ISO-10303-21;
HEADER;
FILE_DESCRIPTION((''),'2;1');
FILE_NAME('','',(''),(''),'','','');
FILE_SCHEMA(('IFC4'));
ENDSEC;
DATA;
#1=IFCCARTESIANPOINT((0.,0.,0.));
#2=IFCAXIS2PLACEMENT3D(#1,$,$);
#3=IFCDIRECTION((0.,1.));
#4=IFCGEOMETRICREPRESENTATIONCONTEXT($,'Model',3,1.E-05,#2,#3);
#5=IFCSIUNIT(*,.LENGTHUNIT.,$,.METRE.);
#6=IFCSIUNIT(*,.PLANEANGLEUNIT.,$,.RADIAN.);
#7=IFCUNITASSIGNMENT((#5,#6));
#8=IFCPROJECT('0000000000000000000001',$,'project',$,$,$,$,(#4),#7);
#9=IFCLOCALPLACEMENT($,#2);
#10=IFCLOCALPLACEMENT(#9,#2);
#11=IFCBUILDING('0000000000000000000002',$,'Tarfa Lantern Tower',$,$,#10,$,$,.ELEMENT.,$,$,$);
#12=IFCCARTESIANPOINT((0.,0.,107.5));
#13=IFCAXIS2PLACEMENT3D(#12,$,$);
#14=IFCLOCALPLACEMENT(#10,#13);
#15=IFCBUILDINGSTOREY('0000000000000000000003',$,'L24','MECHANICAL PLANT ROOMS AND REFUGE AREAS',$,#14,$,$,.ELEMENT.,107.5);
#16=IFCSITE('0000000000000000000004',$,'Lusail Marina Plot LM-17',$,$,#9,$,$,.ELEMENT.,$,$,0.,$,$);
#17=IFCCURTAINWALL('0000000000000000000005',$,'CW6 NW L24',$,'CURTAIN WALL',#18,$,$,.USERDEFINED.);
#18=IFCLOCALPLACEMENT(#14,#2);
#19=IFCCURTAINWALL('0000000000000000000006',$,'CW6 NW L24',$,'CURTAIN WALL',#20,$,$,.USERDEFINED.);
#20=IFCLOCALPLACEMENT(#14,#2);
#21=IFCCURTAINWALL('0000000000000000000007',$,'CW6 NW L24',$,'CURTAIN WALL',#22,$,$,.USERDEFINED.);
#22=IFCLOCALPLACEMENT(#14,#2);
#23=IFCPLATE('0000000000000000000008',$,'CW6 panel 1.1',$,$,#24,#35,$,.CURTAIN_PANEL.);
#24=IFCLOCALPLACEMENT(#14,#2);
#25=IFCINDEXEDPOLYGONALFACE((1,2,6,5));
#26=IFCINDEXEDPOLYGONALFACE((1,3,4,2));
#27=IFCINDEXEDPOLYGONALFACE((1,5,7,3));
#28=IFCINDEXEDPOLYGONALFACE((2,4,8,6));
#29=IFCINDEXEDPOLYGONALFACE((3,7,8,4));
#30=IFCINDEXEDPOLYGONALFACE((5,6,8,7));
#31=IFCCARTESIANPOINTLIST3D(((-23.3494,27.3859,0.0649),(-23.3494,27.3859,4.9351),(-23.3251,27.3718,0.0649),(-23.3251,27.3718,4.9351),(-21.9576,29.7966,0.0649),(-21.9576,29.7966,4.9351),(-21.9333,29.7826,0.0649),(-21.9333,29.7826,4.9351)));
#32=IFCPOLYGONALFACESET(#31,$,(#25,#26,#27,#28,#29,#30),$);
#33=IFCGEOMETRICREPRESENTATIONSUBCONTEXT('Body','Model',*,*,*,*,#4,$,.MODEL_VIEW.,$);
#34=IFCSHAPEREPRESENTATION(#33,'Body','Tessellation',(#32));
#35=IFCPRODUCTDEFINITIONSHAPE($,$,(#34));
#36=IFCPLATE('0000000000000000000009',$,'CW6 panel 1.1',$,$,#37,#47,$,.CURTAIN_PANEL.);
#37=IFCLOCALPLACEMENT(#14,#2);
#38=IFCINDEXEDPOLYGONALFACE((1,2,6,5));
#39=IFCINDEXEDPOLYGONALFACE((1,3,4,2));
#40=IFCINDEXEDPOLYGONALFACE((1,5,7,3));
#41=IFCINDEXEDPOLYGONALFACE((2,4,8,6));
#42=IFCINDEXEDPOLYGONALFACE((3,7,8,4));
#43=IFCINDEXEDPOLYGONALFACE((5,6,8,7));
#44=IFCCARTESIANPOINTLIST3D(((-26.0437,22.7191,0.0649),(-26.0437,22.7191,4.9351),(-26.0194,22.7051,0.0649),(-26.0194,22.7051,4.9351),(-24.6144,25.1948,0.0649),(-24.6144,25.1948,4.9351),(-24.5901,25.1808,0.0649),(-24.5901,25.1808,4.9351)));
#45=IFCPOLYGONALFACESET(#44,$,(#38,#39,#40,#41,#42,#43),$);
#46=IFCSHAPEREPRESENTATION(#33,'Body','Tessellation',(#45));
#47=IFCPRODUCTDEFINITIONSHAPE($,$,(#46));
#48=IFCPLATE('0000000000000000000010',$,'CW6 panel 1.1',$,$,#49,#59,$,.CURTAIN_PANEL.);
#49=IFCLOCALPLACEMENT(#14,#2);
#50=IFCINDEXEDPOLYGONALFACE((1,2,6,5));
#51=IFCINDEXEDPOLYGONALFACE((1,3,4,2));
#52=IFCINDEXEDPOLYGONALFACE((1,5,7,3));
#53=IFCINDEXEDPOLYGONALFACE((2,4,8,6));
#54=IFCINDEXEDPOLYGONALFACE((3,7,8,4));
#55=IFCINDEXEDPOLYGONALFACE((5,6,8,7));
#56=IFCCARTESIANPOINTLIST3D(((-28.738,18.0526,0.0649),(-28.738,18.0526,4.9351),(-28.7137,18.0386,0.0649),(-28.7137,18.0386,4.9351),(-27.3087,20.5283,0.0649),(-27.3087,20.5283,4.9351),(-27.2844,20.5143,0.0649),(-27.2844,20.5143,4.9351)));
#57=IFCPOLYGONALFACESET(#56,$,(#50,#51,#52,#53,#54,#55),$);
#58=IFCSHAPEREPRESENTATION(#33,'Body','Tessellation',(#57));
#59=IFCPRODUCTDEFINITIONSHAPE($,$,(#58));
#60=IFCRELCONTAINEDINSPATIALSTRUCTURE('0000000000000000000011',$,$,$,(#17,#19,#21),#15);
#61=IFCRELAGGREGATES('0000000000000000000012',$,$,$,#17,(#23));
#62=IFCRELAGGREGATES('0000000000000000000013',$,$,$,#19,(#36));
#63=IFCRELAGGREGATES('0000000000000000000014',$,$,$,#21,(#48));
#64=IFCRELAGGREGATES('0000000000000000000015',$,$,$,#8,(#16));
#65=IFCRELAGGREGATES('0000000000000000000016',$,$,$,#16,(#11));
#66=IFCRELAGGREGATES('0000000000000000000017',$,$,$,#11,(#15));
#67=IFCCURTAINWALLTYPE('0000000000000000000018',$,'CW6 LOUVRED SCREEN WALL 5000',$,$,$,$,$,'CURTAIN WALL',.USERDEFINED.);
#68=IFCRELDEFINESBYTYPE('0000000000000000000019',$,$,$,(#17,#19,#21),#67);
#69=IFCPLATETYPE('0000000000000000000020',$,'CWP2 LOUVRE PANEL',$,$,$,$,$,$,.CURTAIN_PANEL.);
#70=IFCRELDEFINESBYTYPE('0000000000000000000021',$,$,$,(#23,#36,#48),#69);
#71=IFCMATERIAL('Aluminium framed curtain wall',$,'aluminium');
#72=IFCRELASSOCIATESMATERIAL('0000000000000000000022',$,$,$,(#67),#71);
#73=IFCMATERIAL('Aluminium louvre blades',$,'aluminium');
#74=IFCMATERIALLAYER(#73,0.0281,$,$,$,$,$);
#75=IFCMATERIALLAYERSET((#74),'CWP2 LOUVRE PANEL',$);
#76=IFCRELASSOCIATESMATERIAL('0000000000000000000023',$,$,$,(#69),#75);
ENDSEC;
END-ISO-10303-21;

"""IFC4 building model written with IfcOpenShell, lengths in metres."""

from ifc_helpers import new_model, si_unit, direction, frame, origin, origin_2d, place, context, subcontext, project, spatial, rectangle, extrude, material, layer, layer_set, type_object, element, aggregate, save


model = new_model("IFC4")

# Units and contexts
model_context = context("Model", 3, precision=1e-05, world=origin(), true_north=direction((0.0, 1.0)))
body_context = subcontext(model_context, "Body", "Model", "MODEL_VIEW")
ifc_project = project(units=[si_unit("LENGTHUNIT", "METRE"), si_unit("PLANEANGLEUNIT", "RADIAN")], contexts=[model_context])

# Site, building, storey
site_placement = place(None, origin())
site = spatial("IfcSite", under=ifc_project, at=site_placement, Name="Lusail Marina Plot LM-17", CompositionType="ELEMENT", RefElevation=0.0)
building_placement = place(site_placement, origin())
building = spatial("IfcBuilding", under=site, at=building_placement, Name="Tarfa Lantern Tower", CompositionType="ELEMENT")
storey_placement = place(building_placement, frame((0.0, 0.0, 107.5)))
storey = spatial("IfcBuildingStorey", under=building, at=storey_placement, Name="L24", Description="MECHANICAL PLANT ROOMS AND REFUGE AREAS", CompositionType="ELEMENT", Elevation=107.5)

# Curtain walls
ifc_material_1 = material(Name="Aluminium framed curtain wall", Category="aluminium")
curtain_wall_type = type_object("IfcCurtainWallType", Name="CW6 LOUVRED SCREEN WALL 5000", ElementType="CURTAIN WALL", PredefinedType="USERDEFINED", material=ifc_material_1)
curtain_wall_1_placement = place(storey_placement, origin())
curtain_wall_1 = element("IfcCurtainWall", 1, at=curtain_wall_1_placement, inside=storey, type_object=curtain_wall_type, Name="CW6 NW L24", ObjectType="CURTAIN WALL", PredefinedType="USERDEFINED")
curtain_wall_2_placement = place(storey_placement, origin())
curtain_wall_2 = element("IfcCurtainWall", 2, at=curtain_wall_2_placement, inside=storey, type_object=curtain_wall_type, Name="CW6 NW L24", ObjectType="CURTAIN WALL", PredefinedType="USERDEFINED")
curtain_wall_3_placement = place(storey_placement, origin())
curtain_wall_3 = element("IfcCurtainWall", 3, at=curtain_wall_3_placement, inside=storey, type_object=curtain_wall_type, Name="CW6 NW L24", ObjectType="CURTAIN WALL", PredefinedType="USERDEFINED")

# Plates
ifc_material_2 = material(Name="Aluminium louvre blades", Category="aluminium")
ifc_layer = layer(ifc_material_2, 0.0281)
ifc_layer_set = layer_set([ifc_layer], Name="CWP2 LOUVRE PANEL")
plate_type = type_object("IfcPlateType", Name="CWP2 LOUVRE PANEL", PredefinedType="CURTAIN_PANEL", material=ifc_layer_set)
plate_1_placement = place(storey_placement, frame((-22.6414, 28.5842, 0.0649), z_axis=(0.0, 0.0, 1.0), x_axis=(-0.5, -0.866025, 0.0)))
plate_1 = element("IfcPlate", 4, at=plate_1_placement, type_object=plate_type, Name="CW6 panel 1.1", PredefinedType="CURTAIN_PANEL", context=body_context, shape_type="SweptSolid", body=[
    extrude(rectangle(XDim=2.7837, YDim=0.0281, at=origin_2d()), origin(), (0.0, 0.0, 1.0), 4.8701),
])
aggregate(curtain_wall_1, [plate_1])
plate_2_placement = place(storey_placement, frame((-25.3169, 23.95, 0.0649), z_axis=(0.0, 0.0, 1.0), x_axis=(-0.5, -0.866025, 0.0)))
plate_2 = element("IfcPlate", 5, at=plate_2_placement, type_object=plate_type, Name="CW6 panel 1.1", PredefinedType="CURTAIN_PANEL", context=body_context, shape_type="SweptSolid", body=[
    extrude(rectangle(XDim=2.8586, YDim=0.0281, at=origin_2d()), origin(), (0.0, 0.0, 1.0), 4.8701),
])
aggregate(curtain_wall_2, [plate_2])
plate_3_placement = place(storey_placement, frame((-28.0112, 19.2834, 0.0649), z_axis=(0.0, 0.0, 1.0), x_axis=(-0.5, -0.866025, 0.0)))
plate_3 = element("IfcPlate", 6, at=plate_3_placement, type_object=plate_type, Name="CW6 panel 1.1", PredefinedType="CURTAIN_PANEL", context=body_context, shape_type="SweptSolid", body=[
    extrude(rectangle(XDim=2.8586, YDim=0.0281, at=origin_2d()), origin(), (0.0, 0.0, 1.0), 4.8701),
])
aggregate(curtain_wall_3, [plate_3])

save(model, "model.ifc")
